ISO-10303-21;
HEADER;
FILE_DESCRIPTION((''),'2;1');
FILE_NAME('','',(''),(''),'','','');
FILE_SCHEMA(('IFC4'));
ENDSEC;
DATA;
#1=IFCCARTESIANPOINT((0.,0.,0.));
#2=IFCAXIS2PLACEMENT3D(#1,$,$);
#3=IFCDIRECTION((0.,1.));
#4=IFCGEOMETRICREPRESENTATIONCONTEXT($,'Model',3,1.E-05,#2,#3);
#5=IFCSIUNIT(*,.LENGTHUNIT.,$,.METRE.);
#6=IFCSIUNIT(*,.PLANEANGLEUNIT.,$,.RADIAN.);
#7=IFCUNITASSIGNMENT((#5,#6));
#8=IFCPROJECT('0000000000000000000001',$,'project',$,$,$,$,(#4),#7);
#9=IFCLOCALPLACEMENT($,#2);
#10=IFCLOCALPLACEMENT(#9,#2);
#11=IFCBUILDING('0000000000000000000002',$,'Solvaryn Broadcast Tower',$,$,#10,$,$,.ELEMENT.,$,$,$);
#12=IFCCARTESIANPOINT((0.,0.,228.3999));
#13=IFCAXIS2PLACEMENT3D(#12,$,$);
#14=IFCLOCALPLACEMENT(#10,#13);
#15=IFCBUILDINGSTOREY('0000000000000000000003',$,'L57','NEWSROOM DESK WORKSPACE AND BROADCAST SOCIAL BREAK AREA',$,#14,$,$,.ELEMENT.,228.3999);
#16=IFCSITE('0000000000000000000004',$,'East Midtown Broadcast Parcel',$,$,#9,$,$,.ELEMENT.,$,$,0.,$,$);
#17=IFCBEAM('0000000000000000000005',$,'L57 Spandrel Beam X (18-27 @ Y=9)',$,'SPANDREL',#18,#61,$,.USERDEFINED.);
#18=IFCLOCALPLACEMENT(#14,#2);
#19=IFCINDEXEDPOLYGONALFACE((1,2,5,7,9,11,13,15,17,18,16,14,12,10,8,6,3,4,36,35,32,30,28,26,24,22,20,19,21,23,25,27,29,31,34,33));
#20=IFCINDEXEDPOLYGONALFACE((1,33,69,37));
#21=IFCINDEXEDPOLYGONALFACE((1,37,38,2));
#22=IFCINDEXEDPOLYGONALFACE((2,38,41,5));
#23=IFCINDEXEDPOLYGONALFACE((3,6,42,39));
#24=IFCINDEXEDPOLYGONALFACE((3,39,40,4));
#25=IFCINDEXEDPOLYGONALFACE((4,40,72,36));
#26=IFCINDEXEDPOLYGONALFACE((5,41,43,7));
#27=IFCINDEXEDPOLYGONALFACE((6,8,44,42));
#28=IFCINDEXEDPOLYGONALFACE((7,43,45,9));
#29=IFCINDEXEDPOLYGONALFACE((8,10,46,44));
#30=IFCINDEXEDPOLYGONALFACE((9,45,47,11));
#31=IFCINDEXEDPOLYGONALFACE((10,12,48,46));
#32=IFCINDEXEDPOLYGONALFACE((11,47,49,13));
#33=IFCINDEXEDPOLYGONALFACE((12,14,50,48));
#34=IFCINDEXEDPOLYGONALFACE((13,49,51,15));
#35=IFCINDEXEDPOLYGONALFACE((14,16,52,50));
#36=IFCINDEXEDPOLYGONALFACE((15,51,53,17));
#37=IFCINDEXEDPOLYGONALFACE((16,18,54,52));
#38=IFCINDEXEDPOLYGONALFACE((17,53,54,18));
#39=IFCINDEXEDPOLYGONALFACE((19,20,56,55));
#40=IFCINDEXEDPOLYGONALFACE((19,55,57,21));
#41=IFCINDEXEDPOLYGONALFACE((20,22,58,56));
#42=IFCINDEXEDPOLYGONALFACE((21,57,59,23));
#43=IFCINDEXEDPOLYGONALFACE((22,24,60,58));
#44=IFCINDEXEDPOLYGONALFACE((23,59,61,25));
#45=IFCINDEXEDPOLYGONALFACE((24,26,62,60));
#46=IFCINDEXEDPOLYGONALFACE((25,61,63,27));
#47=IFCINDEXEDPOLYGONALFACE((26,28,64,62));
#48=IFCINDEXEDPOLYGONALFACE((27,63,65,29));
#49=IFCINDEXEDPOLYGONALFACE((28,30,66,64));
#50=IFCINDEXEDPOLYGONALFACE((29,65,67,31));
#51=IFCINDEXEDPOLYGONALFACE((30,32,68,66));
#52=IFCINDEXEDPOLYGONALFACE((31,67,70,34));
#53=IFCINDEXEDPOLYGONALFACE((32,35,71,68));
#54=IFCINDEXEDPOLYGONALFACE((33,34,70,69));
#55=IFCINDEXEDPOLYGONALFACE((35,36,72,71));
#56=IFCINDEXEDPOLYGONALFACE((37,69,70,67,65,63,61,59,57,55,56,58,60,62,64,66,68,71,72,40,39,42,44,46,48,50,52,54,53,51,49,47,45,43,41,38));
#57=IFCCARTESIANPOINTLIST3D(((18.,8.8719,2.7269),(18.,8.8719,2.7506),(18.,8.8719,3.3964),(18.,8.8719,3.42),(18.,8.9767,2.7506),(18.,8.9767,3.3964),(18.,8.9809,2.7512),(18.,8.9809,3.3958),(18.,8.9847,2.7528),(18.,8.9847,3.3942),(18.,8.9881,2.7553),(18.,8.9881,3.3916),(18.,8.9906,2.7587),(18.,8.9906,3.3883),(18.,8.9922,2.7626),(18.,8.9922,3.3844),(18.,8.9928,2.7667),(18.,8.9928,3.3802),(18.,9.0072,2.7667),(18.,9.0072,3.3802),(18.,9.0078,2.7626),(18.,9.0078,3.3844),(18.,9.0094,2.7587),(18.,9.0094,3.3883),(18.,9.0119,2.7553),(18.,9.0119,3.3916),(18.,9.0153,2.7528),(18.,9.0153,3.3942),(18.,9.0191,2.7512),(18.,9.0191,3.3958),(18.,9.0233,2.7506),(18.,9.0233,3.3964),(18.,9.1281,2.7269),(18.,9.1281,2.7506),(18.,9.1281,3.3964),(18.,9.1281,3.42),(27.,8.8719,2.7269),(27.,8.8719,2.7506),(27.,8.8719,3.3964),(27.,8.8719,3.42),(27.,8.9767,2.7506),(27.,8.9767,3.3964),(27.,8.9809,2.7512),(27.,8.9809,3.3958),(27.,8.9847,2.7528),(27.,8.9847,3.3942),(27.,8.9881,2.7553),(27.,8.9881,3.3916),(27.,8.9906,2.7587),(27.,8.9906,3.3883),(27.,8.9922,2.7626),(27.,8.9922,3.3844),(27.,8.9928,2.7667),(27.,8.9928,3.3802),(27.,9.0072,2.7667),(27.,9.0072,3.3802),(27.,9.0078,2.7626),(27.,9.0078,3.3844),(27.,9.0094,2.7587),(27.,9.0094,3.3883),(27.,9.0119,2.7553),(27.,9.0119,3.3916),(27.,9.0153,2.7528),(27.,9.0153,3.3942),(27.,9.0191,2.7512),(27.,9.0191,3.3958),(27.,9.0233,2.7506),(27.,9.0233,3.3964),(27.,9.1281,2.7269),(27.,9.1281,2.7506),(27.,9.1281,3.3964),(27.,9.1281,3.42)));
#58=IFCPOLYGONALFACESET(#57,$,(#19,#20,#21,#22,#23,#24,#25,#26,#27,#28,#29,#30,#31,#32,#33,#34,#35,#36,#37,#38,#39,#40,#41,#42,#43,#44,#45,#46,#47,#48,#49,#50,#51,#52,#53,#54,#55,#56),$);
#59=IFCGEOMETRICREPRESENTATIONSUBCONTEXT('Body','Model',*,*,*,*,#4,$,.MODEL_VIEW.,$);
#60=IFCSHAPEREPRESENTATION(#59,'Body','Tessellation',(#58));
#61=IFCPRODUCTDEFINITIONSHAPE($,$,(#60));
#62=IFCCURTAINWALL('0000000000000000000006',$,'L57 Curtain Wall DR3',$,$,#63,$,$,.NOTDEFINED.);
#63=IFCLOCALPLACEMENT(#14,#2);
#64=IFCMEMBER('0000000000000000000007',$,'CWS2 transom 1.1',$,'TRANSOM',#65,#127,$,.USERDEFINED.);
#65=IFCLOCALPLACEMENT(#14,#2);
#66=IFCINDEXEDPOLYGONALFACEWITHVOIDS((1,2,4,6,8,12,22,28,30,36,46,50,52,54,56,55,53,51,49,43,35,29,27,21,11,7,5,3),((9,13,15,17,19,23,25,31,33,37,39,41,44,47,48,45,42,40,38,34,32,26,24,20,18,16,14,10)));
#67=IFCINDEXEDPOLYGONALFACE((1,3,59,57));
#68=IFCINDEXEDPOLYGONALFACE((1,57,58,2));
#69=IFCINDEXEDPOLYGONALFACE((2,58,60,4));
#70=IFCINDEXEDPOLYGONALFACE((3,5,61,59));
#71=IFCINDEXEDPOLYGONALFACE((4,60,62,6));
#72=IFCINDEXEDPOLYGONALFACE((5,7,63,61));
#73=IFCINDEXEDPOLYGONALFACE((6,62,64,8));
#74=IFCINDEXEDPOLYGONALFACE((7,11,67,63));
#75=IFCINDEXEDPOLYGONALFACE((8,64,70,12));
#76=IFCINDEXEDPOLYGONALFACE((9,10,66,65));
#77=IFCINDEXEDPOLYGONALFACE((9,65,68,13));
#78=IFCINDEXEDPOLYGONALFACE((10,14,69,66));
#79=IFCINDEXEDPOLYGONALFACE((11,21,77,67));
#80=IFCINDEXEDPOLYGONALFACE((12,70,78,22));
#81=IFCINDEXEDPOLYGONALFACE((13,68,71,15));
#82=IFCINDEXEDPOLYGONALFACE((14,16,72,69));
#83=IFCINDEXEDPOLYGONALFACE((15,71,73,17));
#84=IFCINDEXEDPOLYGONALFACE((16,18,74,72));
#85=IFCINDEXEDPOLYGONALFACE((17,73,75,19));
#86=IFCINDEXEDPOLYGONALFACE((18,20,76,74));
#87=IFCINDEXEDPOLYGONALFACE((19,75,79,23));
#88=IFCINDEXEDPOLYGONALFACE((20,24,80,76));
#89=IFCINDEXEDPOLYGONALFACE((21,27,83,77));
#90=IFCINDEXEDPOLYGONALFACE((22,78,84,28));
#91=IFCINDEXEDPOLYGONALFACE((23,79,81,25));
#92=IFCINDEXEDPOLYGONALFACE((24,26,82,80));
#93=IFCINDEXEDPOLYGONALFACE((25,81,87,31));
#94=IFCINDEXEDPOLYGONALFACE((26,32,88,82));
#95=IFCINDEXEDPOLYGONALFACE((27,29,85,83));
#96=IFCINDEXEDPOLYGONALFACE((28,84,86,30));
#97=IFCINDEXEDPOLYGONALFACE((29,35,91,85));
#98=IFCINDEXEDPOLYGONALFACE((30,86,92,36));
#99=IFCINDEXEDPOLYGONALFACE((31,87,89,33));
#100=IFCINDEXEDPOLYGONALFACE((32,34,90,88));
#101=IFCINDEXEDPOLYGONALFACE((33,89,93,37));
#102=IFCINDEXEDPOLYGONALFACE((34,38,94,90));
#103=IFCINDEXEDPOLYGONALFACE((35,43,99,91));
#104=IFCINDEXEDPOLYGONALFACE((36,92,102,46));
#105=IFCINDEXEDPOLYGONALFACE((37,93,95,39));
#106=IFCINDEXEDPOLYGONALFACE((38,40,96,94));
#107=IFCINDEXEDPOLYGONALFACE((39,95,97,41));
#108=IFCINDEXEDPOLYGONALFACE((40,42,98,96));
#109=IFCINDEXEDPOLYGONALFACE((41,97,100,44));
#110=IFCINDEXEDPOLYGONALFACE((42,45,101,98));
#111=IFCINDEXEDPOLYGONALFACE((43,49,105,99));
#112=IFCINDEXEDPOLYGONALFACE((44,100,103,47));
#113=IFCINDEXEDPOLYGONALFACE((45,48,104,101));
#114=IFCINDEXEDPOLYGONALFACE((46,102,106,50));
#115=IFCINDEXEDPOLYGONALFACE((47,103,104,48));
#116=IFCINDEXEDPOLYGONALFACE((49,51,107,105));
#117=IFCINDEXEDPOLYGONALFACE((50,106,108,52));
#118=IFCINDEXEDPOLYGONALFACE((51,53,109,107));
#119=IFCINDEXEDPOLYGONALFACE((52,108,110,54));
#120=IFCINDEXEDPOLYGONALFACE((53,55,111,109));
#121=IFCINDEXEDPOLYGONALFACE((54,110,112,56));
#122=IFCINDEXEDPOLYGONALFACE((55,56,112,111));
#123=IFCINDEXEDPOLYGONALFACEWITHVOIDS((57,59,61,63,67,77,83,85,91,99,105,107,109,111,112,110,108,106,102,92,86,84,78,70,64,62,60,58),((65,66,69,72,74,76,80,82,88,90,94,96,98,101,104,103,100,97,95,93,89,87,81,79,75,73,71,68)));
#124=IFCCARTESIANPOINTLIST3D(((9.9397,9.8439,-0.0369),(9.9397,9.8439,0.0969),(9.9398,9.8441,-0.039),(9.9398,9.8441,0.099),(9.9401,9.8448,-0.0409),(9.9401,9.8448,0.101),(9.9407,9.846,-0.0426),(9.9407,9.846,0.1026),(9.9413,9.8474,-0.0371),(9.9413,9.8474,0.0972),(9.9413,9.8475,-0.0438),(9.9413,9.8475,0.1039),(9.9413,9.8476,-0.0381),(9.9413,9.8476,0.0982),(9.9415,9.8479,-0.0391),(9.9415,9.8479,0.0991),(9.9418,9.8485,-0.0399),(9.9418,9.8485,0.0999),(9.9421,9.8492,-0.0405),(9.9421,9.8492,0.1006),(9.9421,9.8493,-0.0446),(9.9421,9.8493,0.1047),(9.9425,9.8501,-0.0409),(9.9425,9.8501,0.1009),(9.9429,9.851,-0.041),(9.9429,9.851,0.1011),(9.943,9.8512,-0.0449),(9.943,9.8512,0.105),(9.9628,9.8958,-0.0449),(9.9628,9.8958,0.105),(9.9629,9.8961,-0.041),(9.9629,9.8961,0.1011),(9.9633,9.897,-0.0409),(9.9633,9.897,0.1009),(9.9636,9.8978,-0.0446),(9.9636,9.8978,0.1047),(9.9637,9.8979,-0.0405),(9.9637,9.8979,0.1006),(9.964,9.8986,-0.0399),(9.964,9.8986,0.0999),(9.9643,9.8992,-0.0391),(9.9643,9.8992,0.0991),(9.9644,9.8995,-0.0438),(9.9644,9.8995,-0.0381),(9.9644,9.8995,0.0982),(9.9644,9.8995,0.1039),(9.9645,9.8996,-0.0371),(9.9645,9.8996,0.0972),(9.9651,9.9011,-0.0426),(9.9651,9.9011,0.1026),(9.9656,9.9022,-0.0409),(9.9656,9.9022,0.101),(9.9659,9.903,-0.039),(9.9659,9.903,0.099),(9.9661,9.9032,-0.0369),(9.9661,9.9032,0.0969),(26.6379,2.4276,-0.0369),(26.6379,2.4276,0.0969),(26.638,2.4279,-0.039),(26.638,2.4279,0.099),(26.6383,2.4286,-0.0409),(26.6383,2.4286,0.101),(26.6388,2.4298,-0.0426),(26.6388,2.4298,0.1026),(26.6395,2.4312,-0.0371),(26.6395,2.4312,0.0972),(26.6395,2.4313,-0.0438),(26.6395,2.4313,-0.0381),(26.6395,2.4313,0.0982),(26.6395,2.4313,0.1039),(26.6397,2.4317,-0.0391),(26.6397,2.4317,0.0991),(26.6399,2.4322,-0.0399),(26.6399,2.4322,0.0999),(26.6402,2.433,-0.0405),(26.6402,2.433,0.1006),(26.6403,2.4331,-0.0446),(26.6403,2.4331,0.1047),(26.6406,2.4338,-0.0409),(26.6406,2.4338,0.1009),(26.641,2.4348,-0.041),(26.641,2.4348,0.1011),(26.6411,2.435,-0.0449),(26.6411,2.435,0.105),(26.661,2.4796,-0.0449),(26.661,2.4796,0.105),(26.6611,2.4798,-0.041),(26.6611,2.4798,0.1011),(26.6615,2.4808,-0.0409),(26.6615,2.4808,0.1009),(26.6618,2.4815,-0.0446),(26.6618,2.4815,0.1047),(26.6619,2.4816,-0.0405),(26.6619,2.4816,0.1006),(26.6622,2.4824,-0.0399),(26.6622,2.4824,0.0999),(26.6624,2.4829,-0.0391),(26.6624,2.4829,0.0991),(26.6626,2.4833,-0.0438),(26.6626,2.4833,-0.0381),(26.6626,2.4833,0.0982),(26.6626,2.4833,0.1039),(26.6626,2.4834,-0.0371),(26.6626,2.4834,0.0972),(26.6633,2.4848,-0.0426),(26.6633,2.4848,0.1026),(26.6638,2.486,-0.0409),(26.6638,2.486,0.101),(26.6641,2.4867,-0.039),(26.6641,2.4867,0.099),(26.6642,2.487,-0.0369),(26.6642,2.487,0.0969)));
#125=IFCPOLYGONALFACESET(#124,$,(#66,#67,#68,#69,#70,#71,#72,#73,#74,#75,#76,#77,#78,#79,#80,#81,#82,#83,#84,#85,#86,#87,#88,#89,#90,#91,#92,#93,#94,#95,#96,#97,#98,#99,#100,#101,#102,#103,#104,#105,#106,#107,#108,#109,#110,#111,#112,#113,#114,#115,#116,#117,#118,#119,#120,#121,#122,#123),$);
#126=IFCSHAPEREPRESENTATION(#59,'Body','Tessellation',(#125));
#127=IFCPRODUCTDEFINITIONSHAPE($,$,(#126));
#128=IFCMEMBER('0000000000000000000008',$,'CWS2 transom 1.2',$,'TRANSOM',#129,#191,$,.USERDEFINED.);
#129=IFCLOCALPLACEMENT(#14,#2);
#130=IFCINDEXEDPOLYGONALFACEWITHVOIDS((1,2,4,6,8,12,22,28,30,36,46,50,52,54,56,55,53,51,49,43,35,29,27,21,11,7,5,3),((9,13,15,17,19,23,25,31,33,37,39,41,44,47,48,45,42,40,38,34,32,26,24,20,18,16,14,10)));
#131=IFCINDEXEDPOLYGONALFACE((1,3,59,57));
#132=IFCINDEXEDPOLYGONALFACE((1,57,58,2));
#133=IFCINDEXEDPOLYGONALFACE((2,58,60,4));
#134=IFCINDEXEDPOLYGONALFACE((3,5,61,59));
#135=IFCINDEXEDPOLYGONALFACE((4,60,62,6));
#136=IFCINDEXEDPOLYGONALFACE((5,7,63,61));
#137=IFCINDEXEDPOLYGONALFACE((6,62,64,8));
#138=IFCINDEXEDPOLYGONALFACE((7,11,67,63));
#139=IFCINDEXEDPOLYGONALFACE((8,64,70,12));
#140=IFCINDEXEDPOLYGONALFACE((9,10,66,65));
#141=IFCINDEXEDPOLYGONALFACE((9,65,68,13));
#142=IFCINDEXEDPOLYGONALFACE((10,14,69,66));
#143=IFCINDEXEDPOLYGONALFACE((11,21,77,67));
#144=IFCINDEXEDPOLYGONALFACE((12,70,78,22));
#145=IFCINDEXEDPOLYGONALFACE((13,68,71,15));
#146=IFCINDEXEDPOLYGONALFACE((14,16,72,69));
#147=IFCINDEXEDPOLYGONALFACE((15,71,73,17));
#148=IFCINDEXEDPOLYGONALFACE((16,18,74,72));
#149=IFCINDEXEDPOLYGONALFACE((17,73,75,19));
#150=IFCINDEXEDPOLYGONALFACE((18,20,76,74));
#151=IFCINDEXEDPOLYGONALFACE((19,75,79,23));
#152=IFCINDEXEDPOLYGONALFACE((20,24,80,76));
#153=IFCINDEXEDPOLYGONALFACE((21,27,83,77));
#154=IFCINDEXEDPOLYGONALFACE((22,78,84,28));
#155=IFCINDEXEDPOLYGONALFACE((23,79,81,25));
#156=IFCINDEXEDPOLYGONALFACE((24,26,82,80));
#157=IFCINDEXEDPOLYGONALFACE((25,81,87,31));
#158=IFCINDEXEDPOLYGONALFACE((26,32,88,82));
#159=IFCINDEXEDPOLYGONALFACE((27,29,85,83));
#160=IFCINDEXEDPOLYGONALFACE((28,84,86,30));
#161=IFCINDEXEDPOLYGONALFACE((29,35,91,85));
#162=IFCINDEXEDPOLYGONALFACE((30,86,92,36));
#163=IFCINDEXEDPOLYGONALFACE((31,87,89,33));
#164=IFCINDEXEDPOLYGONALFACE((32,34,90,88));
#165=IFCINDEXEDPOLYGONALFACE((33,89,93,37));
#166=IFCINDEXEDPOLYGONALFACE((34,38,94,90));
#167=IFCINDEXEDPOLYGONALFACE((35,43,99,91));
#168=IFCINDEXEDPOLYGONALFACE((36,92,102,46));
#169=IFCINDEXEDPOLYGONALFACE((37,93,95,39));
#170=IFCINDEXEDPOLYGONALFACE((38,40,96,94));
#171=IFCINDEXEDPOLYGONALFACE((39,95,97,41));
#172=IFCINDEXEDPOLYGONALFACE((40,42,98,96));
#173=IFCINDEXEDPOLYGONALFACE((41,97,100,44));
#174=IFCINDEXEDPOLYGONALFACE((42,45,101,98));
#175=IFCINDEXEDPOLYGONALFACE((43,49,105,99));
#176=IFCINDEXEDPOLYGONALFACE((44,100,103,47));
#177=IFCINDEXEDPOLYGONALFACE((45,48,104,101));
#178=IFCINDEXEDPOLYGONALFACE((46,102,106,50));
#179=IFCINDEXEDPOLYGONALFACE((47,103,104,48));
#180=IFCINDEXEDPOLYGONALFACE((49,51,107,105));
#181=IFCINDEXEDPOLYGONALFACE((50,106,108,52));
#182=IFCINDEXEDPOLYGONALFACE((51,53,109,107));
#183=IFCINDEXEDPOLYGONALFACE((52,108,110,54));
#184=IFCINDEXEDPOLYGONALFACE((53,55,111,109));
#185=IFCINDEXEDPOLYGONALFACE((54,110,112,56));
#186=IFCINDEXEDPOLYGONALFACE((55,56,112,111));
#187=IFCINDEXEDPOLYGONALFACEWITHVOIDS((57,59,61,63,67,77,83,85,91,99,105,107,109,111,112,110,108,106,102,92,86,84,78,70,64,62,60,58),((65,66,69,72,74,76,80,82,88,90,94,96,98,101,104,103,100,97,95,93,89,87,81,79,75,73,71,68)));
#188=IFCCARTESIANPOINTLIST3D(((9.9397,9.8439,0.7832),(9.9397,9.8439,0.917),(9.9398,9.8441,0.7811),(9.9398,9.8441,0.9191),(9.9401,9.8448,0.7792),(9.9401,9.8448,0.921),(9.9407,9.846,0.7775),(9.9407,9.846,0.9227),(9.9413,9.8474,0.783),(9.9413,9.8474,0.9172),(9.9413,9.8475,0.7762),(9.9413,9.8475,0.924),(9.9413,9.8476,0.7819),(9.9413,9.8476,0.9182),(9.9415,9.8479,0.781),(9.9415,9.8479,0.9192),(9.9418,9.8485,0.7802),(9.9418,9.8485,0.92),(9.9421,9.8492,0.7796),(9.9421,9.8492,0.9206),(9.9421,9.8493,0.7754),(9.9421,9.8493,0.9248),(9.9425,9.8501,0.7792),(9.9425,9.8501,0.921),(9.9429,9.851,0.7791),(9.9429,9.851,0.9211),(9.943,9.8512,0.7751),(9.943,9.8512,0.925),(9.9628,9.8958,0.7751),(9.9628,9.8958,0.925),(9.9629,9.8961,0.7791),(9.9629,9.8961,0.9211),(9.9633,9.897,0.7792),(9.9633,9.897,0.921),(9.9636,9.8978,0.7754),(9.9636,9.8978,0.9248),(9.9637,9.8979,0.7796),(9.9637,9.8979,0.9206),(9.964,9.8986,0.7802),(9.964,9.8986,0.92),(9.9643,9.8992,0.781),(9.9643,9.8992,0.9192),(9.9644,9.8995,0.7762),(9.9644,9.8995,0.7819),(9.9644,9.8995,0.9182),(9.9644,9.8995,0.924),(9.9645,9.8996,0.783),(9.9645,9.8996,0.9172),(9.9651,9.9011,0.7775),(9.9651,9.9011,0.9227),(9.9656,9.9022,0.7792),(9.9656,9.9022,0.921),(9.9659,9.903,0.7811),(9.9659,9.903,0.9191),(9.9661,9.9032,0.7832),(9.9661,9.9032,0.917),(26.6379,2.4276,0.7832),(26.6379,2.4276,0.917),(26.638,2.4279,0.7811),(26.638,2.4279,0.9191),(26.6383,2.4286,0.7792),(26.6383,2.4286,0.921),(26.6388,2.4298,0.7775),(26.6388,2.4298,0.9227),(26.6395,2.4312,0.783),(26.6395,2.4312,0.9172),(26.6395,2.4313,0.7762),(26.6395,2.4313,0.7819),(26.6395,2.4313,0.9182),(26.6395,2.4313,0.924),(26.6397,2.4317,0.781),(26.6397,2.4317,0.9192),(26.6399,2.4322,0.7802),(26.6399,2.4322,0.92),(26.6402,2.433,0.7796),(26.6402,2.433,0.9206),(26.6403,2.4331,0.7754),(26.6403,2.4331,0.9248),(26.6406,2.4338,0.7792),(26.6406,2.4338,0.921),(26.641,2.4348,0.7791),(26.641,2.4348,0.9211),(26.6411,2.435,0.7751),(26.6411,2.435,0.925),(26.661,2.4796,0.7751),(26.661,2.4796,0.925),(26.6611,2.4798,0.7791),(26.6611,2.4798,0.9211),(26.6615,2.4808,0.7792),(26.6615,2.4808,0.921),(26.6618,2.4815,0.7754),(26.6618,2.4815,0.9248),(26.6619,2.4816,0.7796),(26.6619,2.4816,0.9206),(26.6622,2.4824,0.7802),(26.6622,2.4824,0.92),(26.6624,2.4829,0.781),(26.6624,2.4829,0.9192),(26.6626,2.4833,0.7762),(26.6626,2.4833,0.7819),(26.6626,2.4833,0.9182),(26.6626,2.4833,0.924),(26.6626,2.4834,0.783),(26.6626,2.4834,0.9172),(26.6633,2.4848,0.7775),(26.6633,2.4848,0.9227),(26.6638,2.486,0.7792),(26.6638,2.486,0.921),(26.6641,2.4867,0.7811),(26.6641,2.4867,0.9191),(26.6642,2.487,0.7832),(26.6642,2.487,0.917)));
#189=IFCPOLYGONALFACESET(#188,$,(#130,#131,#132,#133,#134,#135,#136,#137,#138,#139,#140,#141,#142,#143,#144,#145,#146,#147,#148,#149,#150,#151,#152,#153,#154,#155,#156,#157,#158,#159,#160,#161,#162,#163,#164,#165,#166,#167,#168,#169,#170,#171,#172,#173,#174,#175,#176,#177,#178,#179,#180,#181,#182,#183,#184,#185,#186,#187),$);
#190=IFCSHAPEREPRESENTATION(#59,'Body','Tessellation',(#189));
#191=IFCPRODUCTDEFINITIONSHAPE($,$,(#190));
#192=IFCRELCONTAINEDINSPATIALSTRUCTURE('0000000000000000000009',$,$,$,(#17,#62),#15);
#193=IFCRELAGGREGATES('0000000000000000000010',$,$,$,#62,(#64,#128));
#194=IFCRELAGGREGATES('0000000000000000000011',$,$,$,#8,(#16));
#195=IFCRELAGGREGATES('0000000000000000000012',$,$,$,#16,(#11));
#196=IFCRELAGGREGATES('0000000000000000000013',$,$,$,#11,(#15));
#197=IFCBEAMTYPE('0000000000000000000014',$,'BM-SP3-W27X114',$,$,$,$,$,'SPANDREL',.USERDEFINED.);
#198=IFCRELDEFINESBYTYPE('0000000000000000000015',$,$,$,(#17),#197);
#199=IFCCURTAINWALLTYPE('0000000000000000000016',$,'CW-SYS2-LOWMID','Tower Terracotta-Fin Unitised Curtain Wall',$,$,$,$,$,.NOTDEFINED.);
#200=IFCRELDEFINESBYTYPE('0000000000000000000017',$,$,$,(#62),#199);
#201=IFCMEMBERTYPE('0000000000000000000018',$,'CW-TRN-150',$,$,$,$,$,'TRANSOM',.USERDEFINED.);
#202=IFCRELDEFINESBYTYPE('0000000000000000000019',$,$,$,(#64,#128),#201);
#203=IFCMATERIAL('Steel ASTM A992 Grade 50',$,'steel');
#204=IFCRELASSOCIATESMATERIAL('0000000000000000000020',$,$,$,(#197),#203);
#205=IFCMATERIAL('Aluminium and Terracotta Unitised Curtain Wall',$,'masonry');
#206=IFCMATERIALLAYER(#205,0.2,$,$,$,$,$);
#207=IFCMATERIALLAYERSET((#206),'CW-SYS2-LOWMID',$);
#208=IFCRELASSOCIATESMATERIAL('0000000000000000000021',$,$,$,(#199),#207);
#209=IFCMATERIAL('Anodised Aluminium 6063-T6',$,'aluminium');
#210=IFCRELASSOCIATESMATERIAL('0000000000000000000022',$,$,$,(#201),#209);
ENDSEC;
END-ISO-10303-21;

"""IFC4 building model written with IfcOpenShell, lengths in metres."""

from ifc_helpers import new_model, si_unit, direction, frame, origin, origin_2d, place, context, subcontext, project, spatial, hollow_rectangle, i_section, extrude, material, layer, layer_set, material_profile, profile_set, type_object, element, aggregate, save


model = new_model("IFC4")

# Units and contexts
model_context = context("Model", 3, precision=1e-05, world=origin(), true_north=direction((0.0, 1.0)))
body_context = subcontext(model_context, "Body", "Model", "MODEL_VIEW")
ifc_project = project(units=[si_unit("LENGTHUNIT", "METRE"), si_unit("PLANEANGLEUNIT", "RADIAN")], contexts=[model_context])

# Site, building, storey
site_placement = place(None, origin())
site = spatial("IfcSite", under=ifc_project, at=site_placement, Name="East Midtown Broadcast Parcel", CompositionType="ELEMENT", RefElevation=0.0)
building_placement = place(site_placement, origin())
building = spatial("IfcBuilding", under=site, at=building_placement, Name="Solvaryn Broadcast Tower", CompositionType="ELEMENT")
storey_placement = place(building_placement, frame((0.0, 0.0, 228.3999)))
storey = spatial("IfcBuildingStorey", under=building, at=storey_placement, Name="L57", Description="NEWSROOM DESK WORKSPACE AND BROADCAST SOCIAL BREAK AREA", CompositionType="ELEMENT", Elevation=228.3999)

# Beam
ifc_material_1 = material(Name="Steel ASTM A992 Grade 50", Category="steel")
ifc_material_profile_1 = material_profile(ifc_material_1, i_section(OverallWidth=0.2561, OverallDepth=0.6931, WebThickness=0.0144, FlangeThickness=0.0237, FilletRadius=0.0161, at=origin_2d()))
ifc_profile_set_1 = profile_set([ifc_material_profile_1], Name="Steel ASTM A992 Grade 50")
beam_type_1 = type_object("IfcBeamType", Name="BM-SP3-W27X114", ElementType="SPANDREL", PredefinedType="USERDEFINED", material=ifc_profile_set_1)
beam_1_placement = place(storey_placement, frame((18.0, 9.0, 3.0735), z_axis=(1.0, 0.0, 0.0), x_axis=(0.0, 1.0, 0.0)))
element("IfcBeam", 1, at=beam_1_placement, inside=storey, type_object=beam_type_1, Name="L57 Spandrel Beam X (18-27 @ Y=9)", ObjectType="SPANDREL", PredefinedType="USERDEFINED", context=body_context, shape_type="SweptSolid", body=[
    extrude(i_section(OverallWidth=0.2561, OverallDepth=0.6931, WebThickness=0.0144, FlangeThickness=0.0237, FilletRadius=0.0161, at=origin_2d()), origin(), (0.0, 0.0, 1.0), 9.0),
])

# Curtain wall, members
ifc_material_2 = material(Name="Aluminium and Terracotta Unitised Curtain Wall", Category="masonry")
ifc_layer_1 = layer(ifc_material_2, 0.2)
ifc_layer_set_1 = layer_set([ifc_layer_1], Name="CW-SYS2-LOWMID")
curtain_wall_type = type_object("IfcCurtainWallType", Name="CW-SYS2-LOWMID", Description="Tower Terracotta-Fin Unitised Curtain Wall", PredefinedType="NOTDEFINED", material=ifc_layer_set_1)
curtain_wall_placement = place(storey_placement, origin())
curtain_wall = element("IfcCurtainWall", 2, at=curtain_wall_placement, inside=storey, type_object=curtain_wall_type, Name="L57 Curtain Wall DR3", PredefinedType="NOTDEFINED")
ifc_material_3 = material(Name="Anodised Aluminium 6063-T6", Category="aluminium")
ifc_material_profile_2 = material_profile(ifc_material_3, hollow_rectangle(XDim=0.0649, YDim=0.1499, WallThickness=0.0039, InnerFilletRadius=0.0039, OuterFilletRadius=0.0081, at=origin_2d()))
ifc_profile_set_2 = profile_set([ifc_material_profile_2], Name="Anodised Aluminium 6063-T6")
member_type = type_object("IfcMemberType", Name="CW-TRN-150", ElementType="TRANSOM", PredefinedType="USERDEFINED", material=ifc_profile_set_2)
member_1_placement = place(storey_placement, frame((9.9529, 9.8735, 0.03), z_axis=(0.913917, -0.405902, 0.0), x_axis=(0.405902, 0.913917, 0.0)))
member_1 = element("IfcMember", 3, at=member_1_placement, type_object=member_type, Name="CWS2 transom 1.1", ObjectType="TRANSOM", PredefinedType="USERDEFINED", context=body_context, shape_type="SweptSolid", body=[
    extrude(hollow_rectangle(XDim=0.0649, YDim=0.1499, WallThickness=0.0039, InnerFilletRadius=0.0039, OuterFilletRadius=0.0081, at=origin_2d()), origin(), (0.0, 0.0, 1.0), 18.271),
])
member_2_placement = place(storey_placement, frame((9.9529, 9.8735, 0.8501), z_axis=(0.913917, -0.405902, 0.0), x_axis=(0.405902, 0.913917, 0.0)))
member_2 = element("IfcMember", 4, at=member_2_placement, type_object=member_type, Name="CWS2 transom 1.2", ObjectType="TRANSOM", PredefinedType="USERDEFINED", context=body_context, shape_type="SweptSolid", body=[
    extrude(hollow_rectangle(XDim=0.0649, YDim=0.1499, WallThickness=0.0039, InnerFilletRadius=0.0039, OuterFilletRadius=0.0081, at=origin_2d()), origin(), (0.0, 0.0, 1.0), 18.271),
])
aggregate(curtain_wall, [member_1, member_2])

save(model, "model.ifc")
